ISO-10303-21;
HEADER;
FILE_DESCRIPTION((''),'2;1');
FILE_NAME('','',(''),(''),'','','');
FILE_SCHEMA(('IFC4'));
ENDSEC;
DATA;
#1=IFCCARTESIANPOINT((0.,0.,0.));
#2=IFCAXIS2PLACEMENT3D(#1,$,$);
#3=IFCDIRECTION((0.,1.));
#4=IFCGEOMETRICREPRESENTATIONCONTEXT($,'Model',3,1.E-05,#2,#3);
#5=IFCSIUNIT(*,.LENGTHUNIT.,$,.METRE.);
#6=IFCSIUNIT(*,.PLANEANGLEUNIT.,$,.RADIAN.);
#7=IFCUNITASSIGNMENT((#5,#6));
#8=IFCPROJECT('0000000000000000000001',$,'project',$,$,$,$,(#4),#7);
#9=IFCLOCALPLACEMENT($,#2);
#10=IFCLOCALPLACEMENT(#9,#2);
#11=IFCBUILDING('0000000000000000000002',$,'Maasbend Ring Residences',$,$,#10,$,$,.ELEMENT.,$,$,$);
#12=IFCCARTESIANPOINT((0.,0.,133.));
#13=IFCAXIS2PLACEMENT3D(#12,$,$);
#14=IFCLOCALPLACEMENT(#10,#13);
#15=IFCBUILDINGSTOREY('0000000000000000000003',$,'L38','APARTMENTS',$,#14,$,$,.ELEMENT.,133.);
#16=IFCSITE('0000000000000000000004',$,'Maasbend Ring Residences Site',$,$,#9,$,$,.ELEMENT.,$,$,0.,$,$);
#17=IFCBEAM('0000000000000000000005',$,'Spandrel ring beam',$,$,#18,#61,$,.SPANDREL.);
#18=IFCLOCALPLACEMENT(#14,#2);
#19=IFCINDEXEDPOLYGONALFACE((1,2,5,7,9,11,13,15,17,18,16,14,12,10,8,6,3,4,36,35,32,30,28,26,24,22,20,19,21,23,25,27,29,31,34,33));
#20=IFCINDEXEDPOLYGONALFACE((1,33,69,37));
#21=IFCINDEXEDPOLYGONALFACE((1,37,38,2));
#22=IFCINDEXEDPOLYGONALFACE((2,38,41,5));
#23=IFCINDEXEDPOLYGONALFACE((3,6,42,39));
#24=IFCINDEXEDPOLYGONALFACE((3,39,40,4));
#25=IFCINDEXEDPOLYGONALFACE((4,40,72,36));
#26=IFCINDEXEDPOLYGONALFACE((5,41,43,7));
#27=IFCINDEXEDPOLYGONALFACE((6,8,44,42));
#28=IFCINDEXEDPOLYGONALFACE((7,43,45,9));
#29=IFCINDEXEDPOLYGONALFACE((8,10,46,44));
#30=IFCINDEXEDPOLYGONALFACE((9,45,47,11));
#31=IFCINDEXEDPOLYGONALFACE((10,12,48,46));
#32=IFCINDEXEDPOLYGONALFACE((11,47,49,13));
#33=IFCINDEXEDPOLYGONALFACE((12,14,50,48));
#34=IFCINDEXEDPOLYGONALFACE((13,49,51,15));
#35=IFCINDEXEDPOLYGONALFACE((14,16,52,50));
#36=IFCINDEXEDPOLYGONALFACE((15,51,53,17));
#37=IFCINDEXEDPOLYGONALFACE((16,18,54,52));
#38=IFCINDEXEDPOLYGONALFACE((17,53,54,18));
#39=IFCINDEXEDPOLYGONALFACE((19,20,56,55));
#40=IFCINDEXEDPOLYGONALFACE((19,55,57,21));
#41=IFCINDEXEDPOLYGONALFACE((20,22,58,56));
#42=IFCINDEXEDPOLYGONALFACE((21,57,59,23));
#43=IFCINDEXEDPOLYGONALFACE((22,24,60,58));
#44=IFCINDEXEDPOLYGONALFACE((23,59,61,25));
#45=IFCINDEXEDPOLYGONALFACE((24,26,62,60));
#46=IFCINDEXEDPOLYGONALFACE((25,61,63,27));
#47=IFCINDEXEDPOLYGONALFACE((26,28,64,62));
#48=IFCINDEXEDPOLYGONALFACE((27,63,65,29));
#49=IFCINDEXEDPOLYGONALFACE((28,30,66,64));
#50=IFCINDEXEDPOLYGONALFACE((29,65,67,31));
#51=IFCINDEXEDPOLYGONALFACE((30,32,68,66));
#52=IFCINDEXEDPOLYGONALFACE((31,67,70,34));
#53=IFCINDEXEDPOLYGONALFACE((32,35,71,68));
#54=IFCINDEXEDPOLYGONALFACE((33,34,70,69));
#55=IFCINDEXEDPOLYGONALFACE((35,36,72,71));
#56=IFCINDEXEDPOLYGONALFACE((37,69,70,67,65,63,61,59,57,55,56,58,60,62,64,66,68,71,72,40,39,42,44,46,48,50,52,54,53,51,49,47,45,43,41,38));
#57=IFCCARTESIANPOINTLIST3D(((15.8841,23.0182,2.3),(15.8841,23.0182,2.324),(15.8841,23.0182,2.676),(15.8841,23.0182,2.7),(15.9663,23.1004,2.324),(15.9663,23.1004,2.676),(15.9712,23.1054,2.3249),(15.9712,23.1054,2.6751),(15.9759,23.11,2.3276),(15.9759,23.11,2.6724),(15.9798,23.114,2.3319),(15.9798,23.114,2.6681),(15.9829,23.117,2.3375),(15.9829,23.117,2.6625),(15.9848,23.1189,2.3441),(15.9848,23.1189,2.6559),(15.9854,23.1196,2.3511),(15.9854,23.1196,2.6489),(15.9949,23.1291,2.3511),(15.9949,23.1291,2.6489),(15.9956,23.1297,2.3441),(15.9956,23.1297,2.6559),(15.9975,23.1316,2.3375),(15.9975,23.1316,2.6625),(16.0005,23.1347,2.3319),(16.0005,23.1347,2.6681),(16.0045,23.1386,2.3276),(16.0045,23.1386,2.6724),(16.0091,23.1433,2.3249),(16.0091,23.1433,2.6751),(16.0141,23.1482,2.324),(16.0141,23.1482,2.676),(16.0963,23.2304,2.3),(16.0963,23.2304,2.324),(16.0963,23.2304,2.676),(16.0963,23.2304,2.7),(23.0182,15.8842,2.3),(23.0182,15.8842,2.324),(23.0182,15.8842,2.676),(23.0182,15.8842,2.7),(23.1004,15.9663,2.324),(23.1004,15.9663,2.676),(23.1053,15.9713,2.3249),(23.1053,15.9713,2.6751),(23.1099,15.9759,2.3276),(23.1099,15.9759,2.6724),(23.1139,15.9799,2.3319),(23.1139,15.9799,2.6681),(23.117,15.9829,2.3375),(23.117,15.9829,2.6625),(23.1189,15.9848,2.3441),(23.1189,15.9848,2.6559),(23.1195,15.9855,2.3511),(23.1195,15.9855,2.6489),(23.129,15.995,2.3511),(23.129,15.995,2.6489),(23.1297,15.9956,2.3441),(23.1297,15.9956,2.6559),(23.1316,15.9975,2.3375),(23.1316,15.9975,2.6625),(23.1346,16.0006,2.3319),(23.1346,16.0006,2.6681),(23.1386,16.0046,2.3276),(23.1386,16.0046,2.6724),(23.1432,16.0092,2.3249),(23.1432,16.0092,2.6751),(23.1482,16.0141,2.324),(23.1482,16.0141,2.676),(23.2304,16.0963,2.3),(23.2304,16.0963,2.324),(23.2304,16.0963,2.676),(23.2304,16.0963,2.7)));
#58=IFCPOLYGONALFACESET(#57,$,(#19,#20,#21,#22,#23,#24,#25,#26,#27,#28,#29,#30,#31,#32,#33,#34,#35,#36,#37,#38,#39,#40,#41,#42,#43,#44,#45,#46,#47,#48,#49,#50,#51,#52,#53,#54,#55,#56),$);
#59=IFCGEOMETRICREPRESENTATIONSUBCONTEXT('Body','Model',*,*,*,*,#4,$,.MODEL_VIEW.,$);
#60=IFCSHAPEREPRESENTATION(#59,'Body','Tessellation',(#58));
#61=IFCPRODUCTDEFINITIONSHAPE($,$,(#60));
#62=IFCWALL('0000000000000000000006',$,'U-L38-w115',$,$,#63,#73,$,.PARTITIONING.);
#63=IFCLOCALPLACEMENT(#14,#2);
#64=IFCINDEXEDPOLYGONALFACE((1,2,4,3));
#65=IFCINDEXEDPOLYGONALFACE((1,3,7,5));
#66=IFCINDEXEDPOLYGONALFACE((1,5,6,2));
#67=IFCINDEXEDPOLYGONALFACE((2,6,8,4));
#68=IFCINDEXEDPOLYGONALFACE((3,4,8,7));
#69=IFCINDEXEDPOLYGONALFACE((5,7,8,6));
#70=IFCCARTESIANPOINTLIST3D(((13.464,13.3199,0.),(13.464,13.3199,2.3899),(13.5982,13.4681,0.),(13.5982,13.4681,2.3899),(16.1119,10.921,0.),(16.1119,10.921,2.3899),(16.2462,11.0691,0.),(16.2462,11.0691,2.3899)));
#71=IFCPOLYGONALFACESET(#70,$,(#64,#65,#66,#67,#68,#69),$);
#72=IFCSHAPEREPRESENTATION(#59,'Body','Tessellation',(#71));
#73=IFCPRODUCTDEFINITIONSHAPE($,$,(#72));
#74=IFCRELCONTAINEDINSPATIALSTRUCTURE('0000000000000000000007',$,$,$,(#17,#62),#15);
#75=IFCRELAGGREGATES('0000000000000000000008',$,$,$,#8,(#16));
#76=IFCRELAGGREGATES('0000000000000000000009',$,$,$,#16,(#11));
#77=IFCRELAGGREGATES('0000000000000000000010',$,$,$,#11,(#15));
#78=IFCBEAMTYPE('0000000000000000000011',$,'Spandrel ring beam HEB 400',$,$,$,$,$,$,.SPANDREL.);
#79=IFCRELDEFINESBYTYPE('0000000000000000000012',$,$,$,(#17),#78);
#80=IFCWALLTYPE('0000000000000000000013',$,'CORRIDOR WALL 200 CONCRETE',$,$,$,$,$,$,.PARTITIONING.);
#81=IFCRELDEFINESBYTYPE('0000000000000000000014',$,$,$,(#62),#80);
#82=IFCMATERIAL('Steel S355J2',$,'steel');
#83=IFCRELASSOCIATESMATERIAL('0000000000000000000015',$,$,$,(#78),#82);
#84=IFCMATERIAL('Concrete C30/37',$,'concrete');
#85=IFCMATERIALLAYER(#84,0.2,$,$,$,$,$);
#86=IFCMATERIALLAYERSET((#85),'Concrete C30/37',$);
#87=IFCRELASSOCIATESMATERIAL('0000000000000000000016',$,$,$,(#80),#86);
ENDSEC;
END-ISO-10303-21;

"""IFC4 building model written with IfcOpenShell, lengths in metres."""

from ifc_helpers import new_model, si_unit, direction, frame, frame_2d, origin, origin_2d, place, context, subcontext, project, spatial, rectangle, i_section, extrude, material, layer, layer_set, material_profile, profile_set, type_object, element, save


model = new_model("IFC4")

# Units and contexts
model_context = context("Model", 3, precision=1e-05, world=origin(), true_north=direction((0.0, 1.0)))
body_context = subcontext(model_context, "Body", "Model", "MODEL_VIEW")
ifc_project = project(units=[si_unit("LENGTHUNIT", "METRE"), si_unit("PLANEANGLEUNIT", "RADIAN")], contexts=[model_context])

# Site, building, storey
site_placement = place(None, origin())
site = spatial("IfcSite", under=ifc_project, at=site_placement, Name="Maasbend Ring Residences Site", CompositionType="ELEMENT", RefElevation=0.0)
building_placement = place(site_placement, origin())
building = spatial("IfcBuilding", under=site, at=building_placement, Name="Maasbend Ring Residences", CompositionType="ELEMENT")
storey_placement = place(building_placement, frame((0.0, 0.0, 133.0)))
storey = spatial("IfcBuildingStorey", under=building, at=storey_placement, Name="L38", Description="APARTMENTS", CompositionType="ELEMENT", Elevation=133.0)

# Beam
ifc_material_1 = material(Name="Steel S355J2", Category="steel")
ifc_material_profile_1 = material_profile(ifc_material_1, i_section(OverallWidth=0.3, OverallDepth=0.3999, WebThickness=0.0134, FlangeThickness=0.0239, FilletRadius=0.0271, at=origin_2d()), Name="HEB 400")
ifc_profile_set_1 = profile_set([ifc_material_profile_1], Name="Steel S355J2")
beam_type_1 = type_object("IfcBeamType", Name="Spandrel ring beam HEB 400", PredefinedType="SPANDREL", material=ifc_profile_set_1)
beam_1_placement = place(storey_placement, frame((23.1243, 15.9902, 2.5), z_axis=(-0.707107, 0.707107, 0.0), x_axis=(-0.707107, -0.707107, 0.0)))
element("IfcBeam", 1, at=beam_1_placement, inside=storey, type_object=beam_type_1, Name="Spandrel ring beam", PredefinedType="SPANDREL", context=body_context, shape_type="SweptSolid", body=[
    extrude(i_section(OverallWidth=0.3, OverallDepth=0.3999, WebThickness=0.0134, FlangeThickness=0.0239, FilletRadius=0.0271, at=origin_2d()), origin(), (0.0, 0.0, 1.0), 10.0891),
])

# Wall
ifc_material_2 = material(Name="Concrete C30/37", Category="concrete")
ifc_layer_1 = layer(ifc_material_2, 0.2)
ifc_layer_set_1 = layer_set([ifc_layer_1], Name="Concrete C30/37")
wall_type_1 = type_object("IfcWallType", Name="CORRIDOR WALL 200 CONCRETE", PredefinedType="PARTITIONING", material=ifc_layer_set_1)
wall_1_placement = place(storey_placement, frame((13.531, 13.394, 0.0), z_axis=(0.0, 0.0, 1.0), x_axis=(0.741095, -0.6714, 0.0)))
element("IfcWall", 2, at=wall_1_placement, inside=storey, type_object=wall_type_1, Name="U-L38-w115", PredefinedType="PARTITIONING", context=body_context, shape_type="SweptSolid", body=[
    extrude(rectangle(XDim=3.573, YDim=0.2, at=frame_2d((1.7866, 0.0))), origin(), (0.0, 0.0, 1.0), 2.3899),
])

save(model, "model.ifc")
